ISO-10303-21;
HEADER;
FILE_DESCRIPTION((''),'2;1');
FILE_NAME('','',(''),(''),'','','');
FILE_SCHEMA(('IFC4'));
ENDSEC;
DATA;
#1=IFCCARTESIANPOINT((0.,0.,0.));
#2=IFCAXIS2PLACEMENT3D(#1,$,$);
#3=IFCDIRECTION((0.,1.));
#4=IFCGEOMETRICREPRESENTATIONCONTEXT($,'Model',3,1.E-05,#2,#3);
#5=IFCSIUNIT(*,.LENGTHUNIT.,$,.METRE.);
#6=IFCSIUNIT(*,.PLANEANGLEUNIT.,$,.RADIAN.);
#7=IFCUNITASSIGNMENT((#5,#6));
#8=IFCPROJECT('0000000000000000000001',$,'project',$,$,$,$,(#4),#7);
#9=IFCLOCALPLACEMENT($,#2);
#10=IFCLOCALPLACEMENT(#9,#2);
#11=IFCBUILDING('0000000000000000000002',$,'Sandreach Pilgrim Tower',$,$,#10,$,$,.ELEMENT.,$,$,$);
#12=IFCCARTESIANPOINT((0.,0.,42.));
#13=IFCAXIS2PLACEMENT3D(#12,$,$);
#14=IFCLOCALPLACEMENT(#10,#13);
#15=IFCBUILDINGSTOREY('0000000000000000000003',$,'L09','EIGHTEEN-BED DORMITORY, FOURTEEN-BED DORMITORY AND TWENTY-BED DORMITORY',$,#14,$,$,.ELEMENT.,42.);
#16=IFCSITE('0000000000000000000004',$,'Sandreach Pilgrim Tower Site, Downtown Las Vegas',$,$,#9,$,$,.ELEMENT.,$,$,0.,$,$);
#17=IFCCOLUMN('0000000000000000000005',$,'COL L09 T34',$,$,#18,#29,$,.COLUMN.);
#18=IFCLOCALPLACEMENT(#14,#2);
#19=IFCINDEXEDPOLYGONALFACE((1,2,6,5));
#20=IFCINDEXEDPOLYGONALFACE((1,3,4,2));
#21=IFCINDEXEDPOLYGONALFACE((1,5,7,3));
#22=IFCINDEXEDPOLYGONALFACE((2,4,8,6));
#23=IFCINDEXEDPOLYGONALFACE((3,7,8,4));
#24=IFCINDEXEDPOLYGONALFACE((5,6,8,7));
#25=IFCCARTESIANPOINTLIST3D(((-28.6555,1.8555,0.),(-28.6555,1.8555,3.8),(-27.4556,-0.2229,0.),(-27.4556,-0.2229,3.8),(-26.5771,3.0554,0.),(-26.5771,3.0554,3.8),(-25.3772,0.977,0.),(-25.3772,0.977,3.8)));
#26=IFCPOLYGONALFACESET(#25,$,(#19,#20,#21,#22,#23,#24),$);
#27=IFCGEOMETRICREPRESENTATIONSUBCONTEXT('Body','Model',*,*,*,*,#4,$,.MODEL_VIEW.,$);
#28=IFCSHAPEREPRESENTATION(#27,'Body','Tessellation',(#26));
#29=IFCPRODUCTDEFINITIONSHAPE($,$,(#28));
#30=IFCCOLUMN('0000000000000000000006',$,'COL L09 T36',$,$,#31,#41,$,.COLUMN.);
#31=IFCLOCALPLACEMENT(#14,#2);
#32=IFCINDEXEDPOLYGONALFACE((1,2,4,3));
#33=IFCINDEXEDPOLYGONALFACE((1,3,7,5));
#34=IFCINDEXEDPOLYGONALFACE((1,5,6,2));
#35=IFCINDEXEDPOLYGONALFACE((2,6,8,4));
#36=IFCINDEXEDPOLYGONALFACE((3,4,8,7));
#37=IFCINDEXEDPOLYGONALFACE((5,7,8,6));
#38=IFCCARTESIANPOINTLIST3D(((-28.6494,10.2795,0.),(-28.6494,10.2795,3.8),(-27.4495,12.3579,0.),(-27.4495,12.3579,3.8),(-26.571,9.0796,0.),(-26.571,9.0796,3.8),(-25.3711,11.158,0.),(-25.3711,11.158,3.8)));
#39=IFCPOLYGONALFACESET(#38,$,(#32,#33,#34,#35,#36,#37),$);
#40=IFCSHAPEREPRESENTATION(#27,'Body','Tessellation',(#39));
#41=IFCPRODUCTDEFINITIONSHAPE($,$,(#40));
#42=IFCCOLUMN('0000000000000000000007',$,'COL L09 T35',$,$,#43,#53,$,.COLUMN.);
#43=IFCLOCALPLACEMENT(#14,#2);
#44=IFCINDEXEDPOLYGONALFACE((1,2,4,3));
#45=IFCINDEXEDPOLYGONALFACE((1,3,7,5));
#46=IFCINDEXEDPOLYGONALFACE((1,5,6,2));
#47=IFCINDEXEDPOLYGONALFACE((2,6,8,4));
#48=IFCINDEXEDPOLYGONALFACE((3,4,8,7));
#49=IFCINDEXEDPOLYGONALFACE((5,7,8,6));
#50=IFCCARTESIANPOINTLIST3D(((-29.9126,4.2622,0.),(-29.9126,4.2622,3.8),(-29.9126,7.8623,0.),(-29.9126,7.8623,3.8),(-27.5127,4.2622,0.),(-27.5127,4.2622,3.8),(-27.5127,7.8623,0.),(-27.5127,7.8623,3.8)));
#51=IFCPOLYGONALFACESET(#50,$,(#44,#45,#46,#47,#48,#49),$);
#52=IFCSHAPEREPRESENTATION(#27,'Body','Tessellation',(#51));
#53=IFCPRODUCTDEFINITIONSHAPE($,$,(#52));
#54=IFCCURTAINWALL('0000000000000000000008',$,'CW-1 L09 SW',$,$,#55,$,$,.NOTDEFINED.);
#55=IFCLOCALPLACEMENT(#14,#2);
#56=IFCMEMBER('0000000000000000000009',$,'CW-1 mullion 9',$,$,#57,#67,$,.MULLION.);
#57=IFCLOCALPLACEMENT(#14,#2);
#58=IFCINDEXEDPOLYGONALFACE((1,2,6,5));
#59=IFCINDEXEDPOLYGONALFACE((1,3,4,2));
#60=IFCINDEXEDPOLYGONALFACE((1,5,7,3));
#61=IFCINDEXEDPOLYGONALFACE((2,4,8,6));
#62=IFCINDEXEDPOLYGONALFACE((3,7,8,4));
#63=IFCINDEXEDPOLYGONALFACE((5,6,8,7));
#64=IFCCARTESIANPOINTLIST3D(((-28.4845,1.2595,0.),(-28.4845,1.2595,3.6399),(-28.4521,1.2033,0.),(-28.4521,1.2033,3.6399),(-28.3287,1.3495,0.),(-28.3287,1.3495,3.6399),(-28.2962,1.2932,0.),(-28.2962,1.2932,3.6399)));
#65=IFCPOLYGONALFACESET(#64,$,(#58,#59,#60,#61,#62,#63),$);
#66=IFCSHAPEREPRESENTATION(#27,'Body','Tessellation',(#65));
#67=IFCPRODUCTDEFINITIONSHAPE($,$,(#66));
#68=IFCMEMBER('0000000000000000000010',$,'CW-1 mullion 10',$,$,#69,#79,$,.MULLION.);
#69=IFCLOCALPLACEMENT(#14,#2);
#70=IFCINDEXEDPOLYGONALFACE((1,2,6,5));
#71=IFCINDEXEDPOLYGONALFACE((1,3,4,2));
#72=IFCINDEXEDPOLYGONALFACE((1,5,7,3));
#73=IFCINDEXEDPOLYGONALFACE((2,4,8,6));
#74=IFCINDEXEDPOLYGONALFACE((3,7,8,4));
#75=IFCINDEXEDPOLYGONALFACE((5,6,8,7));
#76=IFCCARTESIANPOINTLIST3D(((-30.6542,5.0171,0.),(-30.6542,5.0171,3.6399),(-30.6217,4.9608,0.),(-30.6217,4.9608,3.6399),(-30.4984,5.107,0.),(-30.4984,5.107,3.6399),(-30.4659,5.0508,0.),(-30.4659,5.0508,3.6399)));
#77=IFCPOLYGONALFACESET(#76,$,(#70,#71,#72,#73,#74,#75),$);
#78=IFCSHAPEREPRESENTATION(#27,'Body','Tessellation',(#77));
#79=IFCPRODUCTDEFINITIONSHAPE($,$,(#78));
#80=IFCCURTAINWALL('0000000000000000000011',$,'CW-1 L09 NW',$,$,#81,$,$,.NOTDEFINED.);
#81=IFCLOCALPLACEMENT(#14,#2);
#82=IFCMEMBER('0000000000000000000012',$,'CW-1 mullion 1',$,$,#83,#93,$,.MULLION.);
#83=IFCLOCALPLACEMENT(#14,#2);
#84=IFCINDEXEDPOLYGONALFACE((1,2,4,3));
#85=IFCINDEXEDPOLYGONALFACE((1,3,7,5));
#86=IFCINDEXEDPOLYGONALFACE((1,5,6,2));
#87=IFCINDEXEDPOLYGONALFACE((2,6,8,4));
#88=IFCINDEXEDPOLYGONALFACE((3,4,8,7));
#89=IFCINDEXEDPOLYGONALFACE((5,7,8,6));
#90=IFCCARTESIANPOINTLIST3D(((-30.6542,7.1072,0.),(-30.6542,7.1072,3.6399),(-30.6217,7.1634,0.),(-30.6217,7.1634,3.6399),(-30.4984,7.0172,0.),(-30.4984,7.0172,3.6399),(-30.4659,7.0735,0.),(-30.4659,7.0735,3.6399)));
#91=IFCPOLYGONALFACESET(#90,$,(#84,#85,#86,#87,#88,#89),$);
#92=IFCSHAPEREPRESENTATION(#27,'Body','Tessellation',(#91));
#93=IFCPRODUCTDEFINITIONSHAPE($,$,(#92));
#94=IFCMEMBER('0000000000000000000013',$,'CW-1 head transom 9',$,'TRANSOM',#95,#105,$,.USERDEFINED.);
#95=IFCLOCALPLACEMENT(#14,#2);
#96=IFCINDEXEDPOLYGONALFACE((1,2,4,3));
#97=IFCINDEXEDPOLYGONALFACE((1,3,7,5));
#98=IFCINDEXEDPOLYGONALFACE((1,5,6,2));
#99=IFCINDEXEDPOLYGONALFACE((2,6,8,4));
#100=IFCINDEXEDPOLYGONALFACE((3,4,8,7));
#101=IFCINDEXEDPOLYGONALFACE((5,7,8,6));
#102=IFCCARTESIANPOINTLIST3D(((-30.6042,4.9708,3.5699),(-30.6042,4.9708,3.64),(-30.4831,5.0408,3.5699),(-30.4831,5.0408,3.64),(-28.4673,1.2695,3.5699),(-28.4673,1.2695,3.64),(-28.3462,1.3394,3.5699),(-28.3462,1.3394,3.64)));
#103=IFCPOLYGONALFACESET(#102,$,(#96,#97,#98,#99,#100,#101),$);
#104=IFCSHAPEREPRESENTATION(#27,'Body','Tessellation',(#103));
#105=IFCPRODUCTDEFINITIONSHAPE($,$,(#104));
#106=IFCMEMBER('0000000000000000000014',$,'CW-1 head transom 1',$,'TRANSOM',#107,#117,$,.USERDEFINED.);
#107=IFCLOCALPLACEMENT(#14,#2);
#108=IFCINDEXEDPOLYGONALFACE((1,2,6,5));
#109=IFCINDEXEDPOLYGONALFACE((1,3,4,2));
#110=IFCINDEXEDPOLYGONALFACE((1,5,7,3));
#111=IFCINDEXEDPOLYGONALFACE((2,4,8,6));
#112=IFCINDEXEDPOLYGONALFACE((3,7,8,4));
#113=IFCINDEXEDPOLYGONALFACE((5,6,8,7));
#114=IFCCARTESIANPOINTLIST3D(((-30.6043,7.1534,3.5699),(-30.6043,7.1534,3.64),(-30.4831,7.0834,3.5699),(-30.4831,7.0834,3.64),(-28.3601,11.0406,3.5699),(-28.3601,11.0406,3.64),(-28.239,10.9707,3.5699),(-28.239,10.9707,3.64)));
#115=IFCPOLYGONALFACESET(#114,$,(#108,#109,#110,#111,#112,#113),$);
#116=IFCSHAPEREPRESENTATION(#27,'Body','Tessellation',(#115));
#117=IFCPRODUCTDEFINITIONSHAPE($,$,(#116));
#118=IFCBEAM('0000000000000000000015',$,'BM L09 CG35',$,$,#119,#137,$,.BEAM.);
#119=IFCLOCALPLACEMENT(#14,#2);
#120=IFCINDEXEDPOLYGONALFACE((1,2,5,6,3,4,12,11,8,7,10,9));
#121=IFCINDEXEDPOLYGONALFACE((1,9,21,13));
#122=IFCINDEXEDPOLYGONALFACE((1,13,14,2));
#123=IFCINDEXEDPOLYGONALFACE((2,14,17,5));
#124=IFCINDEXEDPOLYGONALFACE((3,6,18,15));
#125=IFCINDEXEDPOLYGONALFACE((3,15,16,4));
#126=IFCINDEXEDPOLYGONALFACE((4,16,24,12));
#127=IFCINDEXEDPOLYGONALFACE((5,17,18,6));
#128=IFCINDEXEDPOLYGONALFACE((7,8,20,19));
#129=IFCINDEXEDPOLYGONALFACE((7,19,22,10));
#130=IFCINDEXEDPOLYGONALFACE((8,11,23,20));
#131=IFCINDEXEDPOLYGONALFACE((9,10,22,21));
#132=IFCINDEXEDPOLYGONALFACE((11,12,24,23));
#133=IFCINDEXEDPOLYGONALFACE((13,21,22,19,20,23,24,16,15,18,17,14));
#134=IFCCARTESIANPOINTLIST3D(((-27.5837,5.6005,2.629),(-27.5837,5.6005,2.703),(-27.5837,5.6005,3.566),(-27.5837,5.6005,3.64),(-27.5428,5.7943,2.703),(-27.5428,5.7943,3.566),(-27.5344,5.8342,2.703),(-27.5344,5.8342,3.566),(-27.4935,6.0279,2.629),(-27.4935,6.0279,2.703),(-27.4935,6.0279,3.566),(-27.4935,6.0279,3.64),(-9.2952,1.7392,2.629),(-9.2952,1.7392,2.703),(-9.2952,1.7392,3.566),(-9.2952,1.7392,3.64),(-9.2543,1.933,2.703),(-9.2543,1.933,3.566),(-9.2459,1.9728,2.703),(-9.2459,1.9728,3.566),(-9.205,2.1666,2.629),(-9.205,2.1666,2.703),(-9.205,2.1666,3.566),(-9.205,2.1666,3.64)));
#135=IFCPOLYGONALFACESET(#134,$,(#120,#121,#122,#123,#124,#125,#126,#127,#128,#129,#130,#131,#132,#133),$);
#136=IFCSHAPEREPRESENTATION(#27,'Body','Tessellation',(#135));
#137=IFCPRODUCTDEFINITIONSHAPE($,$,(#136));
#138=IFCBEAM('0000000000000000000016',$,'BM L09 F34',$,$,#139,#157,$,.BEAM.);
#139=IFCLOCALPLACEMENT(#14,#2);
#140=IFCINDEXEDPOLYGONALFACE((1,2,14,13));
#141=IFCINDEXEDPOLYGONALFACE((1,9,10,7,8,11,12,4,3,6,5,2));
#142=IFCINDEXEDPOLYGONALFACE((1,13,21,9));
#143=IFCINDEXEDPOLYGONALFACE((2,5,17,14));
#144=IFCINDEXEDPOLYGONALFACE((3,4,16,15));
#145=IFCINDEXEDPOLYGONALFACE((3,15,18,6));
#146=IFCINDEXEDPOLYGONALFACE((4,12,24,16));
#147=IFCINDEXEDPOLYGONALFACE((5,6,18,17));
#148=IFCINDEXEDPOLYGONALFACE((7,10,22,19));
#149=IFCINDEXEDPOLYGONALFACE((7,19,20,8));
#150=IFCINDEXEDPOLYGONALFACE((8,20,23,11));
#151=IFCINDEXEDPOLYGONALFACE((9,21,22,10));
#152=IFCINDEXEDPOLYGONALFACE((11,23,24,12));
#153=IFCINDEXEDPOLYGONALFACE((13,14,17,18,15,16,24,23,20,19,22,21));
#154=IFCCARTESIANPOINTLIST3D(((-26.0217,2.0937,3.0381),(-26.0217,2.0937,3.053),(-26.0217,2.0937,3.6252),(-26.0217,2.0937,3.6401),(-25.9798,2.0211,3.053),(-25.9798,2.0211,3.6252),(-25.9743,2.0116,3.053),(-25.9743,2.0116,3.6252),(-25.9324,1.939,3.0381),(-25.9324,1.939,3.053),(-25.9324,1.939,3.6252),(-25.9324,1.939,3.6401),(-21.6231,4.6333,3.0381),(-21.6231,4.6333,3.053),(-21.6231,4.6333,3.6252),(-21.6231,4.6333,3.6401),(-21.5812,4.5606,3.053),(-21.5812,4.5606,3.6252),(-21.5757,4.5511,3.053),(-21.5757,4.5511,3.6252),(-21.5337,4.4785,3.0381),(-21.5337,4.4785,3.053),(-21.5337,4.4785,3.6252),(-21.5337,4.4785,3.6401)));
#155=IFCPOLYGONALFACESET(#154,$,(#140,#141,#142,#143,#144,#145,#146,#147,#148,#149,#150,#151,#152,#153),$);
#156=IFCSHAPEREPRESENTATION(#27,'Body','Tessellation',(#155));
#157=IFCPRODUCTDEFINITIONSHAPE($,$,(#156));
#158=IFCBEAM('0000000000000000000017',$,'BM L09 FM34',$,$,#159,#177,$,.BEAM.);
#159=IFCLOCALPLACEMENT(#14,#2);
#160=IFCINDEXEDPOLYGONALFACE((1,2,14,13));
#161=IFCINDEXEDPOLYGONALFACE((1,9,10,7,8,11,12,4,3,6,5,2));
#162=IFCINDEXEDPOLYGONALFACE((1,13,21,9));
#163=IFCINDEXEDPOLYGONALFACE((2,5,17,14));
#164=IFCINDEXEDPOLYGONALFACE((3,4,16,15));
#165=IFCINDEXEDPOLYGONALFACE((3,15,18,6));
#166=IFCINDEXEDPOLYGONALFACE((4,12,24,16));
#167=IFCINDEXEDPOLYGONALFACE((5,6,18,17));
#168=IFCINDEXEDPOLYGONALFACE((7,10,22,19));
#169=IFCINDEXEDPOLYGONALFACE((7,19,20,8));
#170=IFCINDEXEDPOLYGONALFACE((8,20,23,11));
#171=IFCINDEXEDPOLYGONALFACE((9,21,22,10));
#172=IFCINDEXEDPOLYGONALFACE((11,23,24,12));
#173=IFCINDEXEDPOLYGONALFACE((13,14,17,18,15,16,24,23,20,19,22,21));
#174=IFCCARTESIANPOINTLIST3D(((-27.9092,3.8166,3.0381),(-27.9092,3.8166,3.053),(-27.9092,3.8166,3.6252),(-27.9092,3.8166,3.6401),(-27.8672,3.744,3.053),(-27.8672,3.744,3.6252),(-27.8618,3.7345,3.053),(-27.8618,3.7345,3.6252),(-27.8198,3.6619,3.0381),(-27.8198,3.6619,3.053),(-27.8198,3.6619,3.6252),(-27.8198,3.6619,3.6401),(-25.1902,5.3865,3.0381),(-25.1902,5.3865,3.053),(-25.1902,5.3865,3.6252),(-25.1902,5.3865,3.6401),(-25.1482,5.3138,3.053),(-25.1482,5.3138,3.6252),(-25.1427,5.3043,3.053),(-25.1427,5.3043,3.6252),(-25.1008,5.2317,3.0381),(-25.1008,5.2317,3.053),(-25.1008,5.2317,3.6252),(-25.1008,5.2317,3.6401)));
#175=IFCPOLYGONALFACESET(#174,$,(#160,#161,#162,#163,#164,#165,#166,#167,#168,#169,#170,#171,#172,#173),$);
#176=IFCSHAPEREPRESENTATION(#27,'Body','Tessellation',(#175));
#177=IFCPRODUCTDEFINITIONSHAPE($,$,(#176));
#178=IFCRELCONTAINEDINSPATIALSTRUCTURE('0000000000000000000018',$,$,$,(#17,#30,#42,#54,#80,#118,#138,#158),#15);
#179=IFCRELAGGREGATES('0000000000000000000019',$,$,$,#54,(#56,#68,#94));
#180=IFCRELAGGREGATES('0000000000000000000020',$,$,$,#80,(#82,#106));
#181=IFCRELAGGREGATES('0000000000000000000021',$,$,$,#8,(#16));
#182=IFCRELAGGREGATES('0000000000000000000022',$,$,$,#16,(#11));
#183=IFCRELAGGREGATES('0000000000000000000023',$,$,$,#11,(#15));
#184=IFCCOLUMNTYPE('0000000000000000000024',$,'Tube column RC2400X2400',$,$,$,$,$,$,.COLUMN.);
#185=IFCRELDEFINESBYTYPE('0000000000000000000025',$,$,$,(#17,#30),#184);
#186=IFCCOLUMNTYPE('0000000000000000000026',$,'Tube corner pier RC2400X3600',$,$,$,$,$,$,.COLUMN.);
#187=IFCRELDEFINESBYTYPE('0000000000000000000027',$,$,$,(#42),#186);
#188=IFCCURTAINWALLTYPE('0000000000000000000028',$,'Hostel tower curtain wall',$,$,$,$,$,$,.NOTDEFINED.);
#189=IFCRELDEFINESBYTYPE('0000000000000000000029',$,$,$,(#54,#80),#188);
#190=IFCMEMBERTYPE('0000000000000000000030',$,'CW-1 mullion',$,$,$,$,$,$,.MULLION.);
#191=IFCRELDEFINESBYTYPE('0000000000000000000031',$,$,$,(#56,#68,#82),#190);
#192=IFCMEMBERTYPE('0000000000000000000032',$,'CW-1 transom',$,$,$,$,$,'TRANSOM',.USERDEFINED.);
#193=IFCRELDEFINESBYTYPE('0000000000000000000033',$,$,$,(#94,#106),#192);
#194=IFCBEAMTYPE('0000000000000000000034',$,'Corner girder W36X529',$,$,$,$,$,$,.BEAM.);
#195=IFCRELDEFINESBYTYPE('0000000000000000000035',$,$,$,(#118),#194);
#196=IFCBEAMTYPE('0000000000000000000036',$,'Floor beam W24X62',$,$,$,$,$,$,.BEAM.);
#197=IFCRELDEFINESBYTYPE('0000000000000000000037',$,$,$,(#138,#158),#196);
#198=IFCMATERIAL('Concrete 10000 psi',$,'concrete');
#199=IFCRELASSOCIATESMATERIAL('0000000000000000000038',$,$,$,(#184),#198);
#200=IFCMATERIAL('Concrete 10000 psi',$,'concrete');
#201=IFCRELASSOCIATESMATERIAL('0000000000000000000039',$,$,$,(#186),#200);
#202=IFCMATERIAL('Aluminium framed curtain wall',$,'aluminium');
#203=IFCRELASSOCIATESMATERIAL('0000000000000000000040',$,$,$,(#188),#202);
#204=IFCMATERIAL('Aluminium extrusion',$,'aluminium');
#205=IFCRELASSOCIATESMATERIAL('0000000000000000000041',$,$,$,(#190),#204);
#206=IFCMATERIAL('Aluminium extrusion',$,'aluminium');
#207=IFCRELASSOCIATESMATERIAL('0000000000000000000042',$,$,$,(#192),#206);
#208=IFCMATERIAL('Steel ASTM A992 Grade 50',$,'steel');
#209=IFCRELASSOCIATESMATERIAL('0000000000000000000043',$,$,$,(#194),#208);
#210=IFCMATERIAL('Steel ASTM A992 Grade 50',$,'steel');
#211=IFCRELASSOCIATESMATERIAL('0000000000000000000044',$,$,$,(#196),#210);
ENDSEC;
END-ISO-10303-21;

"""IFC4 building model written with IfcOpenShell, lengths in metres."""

from ifc_helpers import new_model, si_unit, direction, frame, origin, origin_2d, place, context, subcontext, project, spatial, rectangle, i_section, extrude, material, material_profile, profile_set, type_object, element, aggregate, save


model = new_model("IFC4")

# Units and contexts
model_context = context("Model", 3, precision=1e-05, world=origin(), true_north=direction((0.0, 1.0)))
body_context = subcontext(model_context, "Body", "Model", "MODEL_VIEW")
ifc_project = project(units=[si_unit("LENGTHUNIT", "METRE"), si_unit("PLANEANGLEUNIT", "RADIAN")], contexts=[model_context])

# Site, building, storey
site_placement = place(None, origin())
site = spatial("IfcSite", under=ifc_project, at=site_placement, Name="Sandreach Pilgrim Tower Site, Downtown Las Vegas", CompositionType="ELEMENT", RefElevation=0.0)
building_placement = place(site_placement, origin())
building = spatial("IfcBuilding", under=site, at=building_placement, Name="Sandreach Pilgrim Tower", CompositionType="ELEMENT")
storey_placement = place(building_placement, frame((0.0, 0.0, 42.0)))
storey = spatial("IfcBuildingStorey", under=building, at=storey_placement, Name="L09", Description="EIGHTEEN-BED DORMITORY, FOURTEEN-BED DORMITORY AND TWENTY-BED DORMITORY", CompositionType="ELEMENT", Elevation=42.0)

# Columns
ifc_material_1 = material(Name="Concrete 10000 psi", Category="concrete")
ifc_material_profile_1 = material_profile(ifc_material_1, rectangle(XDim=2.3999, YDim=2.3999, at=origin_2d()), Name="RC2400X2400")
ifc_profile_set_1 = profile_set([ifc_material_profile_1], Name="Concrete 10000 psi")
column_type_1 = type_object("IfcColumnType", Name="Tube column RC2400X2400", PredefinedType="COLUMN", material=ifc_profile_set_1)
for number, where, z_axis, x_axis, name in (
    (1, (-27.0164, 1.4163, 0.0), (0.0, 0.0, 1.0), (-0.866025, -0.5, 0.0), "COL L09 T34"),
    (2, (-27.0103, 10.7188, 0.0), (0.0, 0.0, 1.0), (-0.866025, 0.5, 0.0), "COL L09 T36"),
):
    element("IfcColumn", number, at=place(storey_placement, frame(where, z_axis=z_axis, x_axis=x_axis)), inside=storey, type_object=column_type_1, Name=name, PredefinedType="COLUMN", context=body_context, shape_type="SweptSolid", body=[
        extrude(rectangle(XDim=2.3999, YDim=2.3999, at=origin_2d()), origin(), (0.0, 0.0, 1.0), 3.8),
    ])
ifc_material_2 = material(Name="Concrete 10000 psi", Category="concrete")
ifc_material_profile_2 = material_profile(ifc_material_2, rectangle(XDim=2.3999, YDim=3.6001, at=origin_2d()), Name="RC2400X3600")
ifc_profile_set_2 = profile_set([ifc_material_profile_2], Name="Concrete 10000 psi")
column_type_2 = type_object("IfcColumnType", Name="Tube corner pier RC2400X3600", PredefinedType="COLUMN", material=ifc_profile_set_2)
column_placement = place(storey_placement, frame((-28.7126, 6.0623, 0.0), z_axis=(0.0, 0.0, 1.0), x_axis=(-1.0, 0.0, 0.0)))
element("IfcColumn", 3, at=column_placement, inside=storey, type_object=column_type_2, Name="COL L09 T35", PredefinedType="COLUMN", context=body_context, shape_type="SweptSolid", body=[
    extrude(rectangle(XDim=2.3999, YDim=3.6001, at=origin_2d()), origin(), (0.0, 0.0, 1.0), 3.8),
])

# Curtain wall, members
ifc_material_3 = material(Name="Aluminium framed curtain wall", Category="aluminium")
curtain_wall_type = type_object("IfcCurtainWallType", Name="Hostel tower curtain wall", PredefinedType="NOTDEFINED", material=ifc_material_3)
curtain_wall_1_placement = place(storey_placement, origin())
curtain_wall_1 = element("IfcCurtainWall", 4, at=curtain_wall_1_placement, inside=storey, type_object=curtain_wall_type, Name="CW-1 L09 SW", PredefinedType="NOTDEFINED")
ifc_material_4 = material(Name="Aluminium extrusion", Category="aluminium")
ifc_material_profile_3 = material_profile(ifc_material_4, rectangle(XDim=0.0649, YDim=0.1799, at=origin_2d()), Name="CW-1M 65X180")
ifc_profile_set_3 = profile_set([ifc_material_profile_3], Name="Aluminium extrusion")
member_type_1 = type_object("IfcMemberType", Name="CW-1 mullion", PredefinedType="MULLION", material=ifc_profile_set_3)
member_1_placement = place(storey_placement, frame((-28.3904, 1.2764, 0.0), z_axis=(0.0, 0.0, 1.0), x_axis=(-0.5, 0.866025, 0.0)))
member_1 = element("IfcMember", 5, at=member_1_placement, type_object=member_type_1, Name="CW-1 mullion 9", PredefinedType="MULLION", context=body_context, shape_type="SweptSolid", body=[
    extrude(rectangle(XDim=0.0649, YDim=0.1799, at=origin_2d()), origin(), (0.0, 0.0, 1.0), 3.6399),
])
member_2_placement = place(storey_placement, frame((-30.5601, 5.0339, 0.0), z_axis=(0.0, 0.0, 1.0), x_axis=(-0.5, 0.866025, 0.0)))
member_2 = element("IfcMember", 6, at=member_2_placement, type_object=member_type_1, Name="CW-1 mullion 10", PredefinedType="MULLION", context=body_context, shape_type="SweptSolid", body=[
    extrude(rectangle(XDim=0.0649, YDim=0.1799, at=origin_2d()), origin(), (0.0, 0.0, 1.0), 3.6399),
])

# Curtain wall, member
curtain_wall_2_placement = place(storey_placement, origin())
curtain_wall_2 = element("IfcCurtainWall", 7, at=curtain_wall_2_placement, inside=storey, type_object=curtain_wall_type, Name="CW-1 L09 NW", PredefinedType="NOTDEFINED")
member_3_placement = place(storey_placement, frame((-30.5601, 7.0903, 0.0), z_axis=(0.0, 0.0, 1.0), x_axis=(0.5, 0.866025, 0.0)))
member_3 = element("IfcMember", 8, at=member_3_placement, type_object=member_type_1, Name="CW-1 mullion 1", PredefinedType="MULLION", context=body_context, shape_type="SweptSolid", body=[
    extrude(rectangle(XDim=0.0649, YDim=0.1799, at=origin_2d()), origin(), (0.0, 0.0, 1.0), 3.6399),
])

# Members
ifc_material_5 = material(Name="Aluminium extrusion", Category="aluminium")
ifc_material_profile_4 = material_profile(ifc_material_5, rectangle(XDim=0.1399, YDim=0.0701, at=origin_2d()), Name="CW-1T 140X70")
ifc_profile_set_4 = profile_set([ifc_material_profile_4], Name="Aluminium extrusion")
member_type_2 = type_object("IfcMemberType", Name="CW-1 transom", ElementType="TRANSOM", PredefinedType="USERDEFINED", material=ifc_profile_set_4)
member_4_placement = place(storey_placement, frame((-28.4067, 1.3044, 3.605), z_axis=(-0.499991, 0.866031, 0.0), x_axis=(-0.866031, -0.499991, 0.0)))
member_4 = element("IfcMember", 9, at=member_4_placement, type_object=member_type_2, Name="CW-1 head transom 9", ObjectType="TRANSOM", PredefinedType="USERDEFINED", context=body_context, shape_type="SweptSolid", body=[
    extrude(rectangle(XDim=0.1399, YDim=0.0701, at=origin_2d()), origin(), (0.0, 0.0, 1.0), 4.2739),
])
member_5_placement = place(storey_placement, frame((-30.5437, 7.1184, 3.605), z_axis=(0.499977, 0.866039, 0.0), x_axis=(-0.866039, 0.499977, 0.0)))
member_5 = element("IfcMember", 10, at=member_5_placement, type_object=member_type_2, Name="CW-1 head transom 1", ObjectType="TRANSOM", PredefinedType="USERDEFINED", context=body_context, shape_type="SweptSolid", body=[
    extrude(rectangle(XDim=0.1399, YDim=0.0701, at=origin_2d()), origin(), (0.0, 0.0, 1.0), 4.4885),
])

# Beams
ifc_material_6 = material(Name="Steel ASTM A992 Grade 50", Category="steel")
ifc_material_profile_5 = material_profile(ifc_material_6, i_section(OverallWidth=0.4368, OverallDepth=1.011, WebThickness=0.0408, FlangeThickness=0.074, at=origin_2d()), Name="W36X529")
ifc_profile_set_5 = profile_set([ifc_material_profile_5], Name="Steel ASTM A992 Grade 50")
beam_type_1 = type_object("IfcBeamType", Name="Corner girder W36X529", PredefinedType="BEAM", material=ifc_profile_set_5)
beam_1_placement = place(storey_placement, frame((-27.5386, 5.8142, 3.1345), z_axis=(0.97843, -0.206579, 0.0), x_axis=(0.206579, 0.97843, 0.0)))
element("IfcBeam", 11, at=beam_1_placement, inside=storey, type_object=beam_type_1, Name="BM L09 CG35", PredefinedType="BEAM", context=body_context, shape_type="SweptSolid", body=[
    extrude(i_section(OverallWidth=0.4368, OverallDepth=1.011, WebThickness=0.0408, FlangeThickness=0.074, at=origin_2d()), origin(), (0.0, 0.0, 1.0), 18.6917),
])
ifc_material_7 = material(Name="Steel ASTM A992 Grade 50", Category="steel")
ifc_material_profile_6 = material_profile(ifc_material_7, i_section(OverallWidth=0.1787, OverallDepth=0.6021, WebThickness=0.011, FlangeThickness=0.0149, at=origin_2d()), Name="W24X62")
ifc_profile_set_6 = profile_set([ifc_material_profile_6], Name="Steel ASTM A992 Grade 50")
beam_type_2 = type_object("IfcBeamType", Name="Floor beam W24X62", PredefinedType="BEAM", material=ifc_profile_set_6)
beam_2_placement = place(storey_placement, frame((-25.9771, 2.0164, 3.3391), z_axis=(0.866028, 0.499996, 0.0), x_axis=(-0.499996, 0.866028, 0.0)))
element("IfcBeam", 12, at=beam_2_placement, inside=storey, type_object=beam_type_2, Name="BM L09 F34", PredefinedType="BEAM", context=body_context, shape_type="SweptSolid", body=[
    extrude(i_section(OverallWidth=0.1787, OverallDepth=0.6021, WebThickness=0.011, FlangeThickness=0.0149, at=origin_2d()), origin(), (0.0, 0.0, 1.0), 5.0791),
])
beam_3_placement = place(storey_placement, frame((-27.8645, 3.7393, 3.3391), z_axis=(0.866024, 0.500003, 0.0), x_axis=(-0.500003, 0.866024, 0.0)))
element("IfcBeam", 13, at=beam_3_placement, inside=storey, type_object=beam_type_2, Name="BM L09 FM34", PredefinedType="BEAM", context=body_context, shape_type="SweptSolid", body=[
    extrude(i_section(OverallWidth=0.1787, OverallDepth=0.6021, WebThickness=0.011, FlangeThickness=0.0149, at=origin_2d()), origin(), (0.0, 0.0, 1.0), 3.1396),
])

aggregate(curtain_wall_1, [member_1, member_2, member_4])
aggregate(curtain_wall_2, [member_3, member_5])

save(model, "model.ifc")
